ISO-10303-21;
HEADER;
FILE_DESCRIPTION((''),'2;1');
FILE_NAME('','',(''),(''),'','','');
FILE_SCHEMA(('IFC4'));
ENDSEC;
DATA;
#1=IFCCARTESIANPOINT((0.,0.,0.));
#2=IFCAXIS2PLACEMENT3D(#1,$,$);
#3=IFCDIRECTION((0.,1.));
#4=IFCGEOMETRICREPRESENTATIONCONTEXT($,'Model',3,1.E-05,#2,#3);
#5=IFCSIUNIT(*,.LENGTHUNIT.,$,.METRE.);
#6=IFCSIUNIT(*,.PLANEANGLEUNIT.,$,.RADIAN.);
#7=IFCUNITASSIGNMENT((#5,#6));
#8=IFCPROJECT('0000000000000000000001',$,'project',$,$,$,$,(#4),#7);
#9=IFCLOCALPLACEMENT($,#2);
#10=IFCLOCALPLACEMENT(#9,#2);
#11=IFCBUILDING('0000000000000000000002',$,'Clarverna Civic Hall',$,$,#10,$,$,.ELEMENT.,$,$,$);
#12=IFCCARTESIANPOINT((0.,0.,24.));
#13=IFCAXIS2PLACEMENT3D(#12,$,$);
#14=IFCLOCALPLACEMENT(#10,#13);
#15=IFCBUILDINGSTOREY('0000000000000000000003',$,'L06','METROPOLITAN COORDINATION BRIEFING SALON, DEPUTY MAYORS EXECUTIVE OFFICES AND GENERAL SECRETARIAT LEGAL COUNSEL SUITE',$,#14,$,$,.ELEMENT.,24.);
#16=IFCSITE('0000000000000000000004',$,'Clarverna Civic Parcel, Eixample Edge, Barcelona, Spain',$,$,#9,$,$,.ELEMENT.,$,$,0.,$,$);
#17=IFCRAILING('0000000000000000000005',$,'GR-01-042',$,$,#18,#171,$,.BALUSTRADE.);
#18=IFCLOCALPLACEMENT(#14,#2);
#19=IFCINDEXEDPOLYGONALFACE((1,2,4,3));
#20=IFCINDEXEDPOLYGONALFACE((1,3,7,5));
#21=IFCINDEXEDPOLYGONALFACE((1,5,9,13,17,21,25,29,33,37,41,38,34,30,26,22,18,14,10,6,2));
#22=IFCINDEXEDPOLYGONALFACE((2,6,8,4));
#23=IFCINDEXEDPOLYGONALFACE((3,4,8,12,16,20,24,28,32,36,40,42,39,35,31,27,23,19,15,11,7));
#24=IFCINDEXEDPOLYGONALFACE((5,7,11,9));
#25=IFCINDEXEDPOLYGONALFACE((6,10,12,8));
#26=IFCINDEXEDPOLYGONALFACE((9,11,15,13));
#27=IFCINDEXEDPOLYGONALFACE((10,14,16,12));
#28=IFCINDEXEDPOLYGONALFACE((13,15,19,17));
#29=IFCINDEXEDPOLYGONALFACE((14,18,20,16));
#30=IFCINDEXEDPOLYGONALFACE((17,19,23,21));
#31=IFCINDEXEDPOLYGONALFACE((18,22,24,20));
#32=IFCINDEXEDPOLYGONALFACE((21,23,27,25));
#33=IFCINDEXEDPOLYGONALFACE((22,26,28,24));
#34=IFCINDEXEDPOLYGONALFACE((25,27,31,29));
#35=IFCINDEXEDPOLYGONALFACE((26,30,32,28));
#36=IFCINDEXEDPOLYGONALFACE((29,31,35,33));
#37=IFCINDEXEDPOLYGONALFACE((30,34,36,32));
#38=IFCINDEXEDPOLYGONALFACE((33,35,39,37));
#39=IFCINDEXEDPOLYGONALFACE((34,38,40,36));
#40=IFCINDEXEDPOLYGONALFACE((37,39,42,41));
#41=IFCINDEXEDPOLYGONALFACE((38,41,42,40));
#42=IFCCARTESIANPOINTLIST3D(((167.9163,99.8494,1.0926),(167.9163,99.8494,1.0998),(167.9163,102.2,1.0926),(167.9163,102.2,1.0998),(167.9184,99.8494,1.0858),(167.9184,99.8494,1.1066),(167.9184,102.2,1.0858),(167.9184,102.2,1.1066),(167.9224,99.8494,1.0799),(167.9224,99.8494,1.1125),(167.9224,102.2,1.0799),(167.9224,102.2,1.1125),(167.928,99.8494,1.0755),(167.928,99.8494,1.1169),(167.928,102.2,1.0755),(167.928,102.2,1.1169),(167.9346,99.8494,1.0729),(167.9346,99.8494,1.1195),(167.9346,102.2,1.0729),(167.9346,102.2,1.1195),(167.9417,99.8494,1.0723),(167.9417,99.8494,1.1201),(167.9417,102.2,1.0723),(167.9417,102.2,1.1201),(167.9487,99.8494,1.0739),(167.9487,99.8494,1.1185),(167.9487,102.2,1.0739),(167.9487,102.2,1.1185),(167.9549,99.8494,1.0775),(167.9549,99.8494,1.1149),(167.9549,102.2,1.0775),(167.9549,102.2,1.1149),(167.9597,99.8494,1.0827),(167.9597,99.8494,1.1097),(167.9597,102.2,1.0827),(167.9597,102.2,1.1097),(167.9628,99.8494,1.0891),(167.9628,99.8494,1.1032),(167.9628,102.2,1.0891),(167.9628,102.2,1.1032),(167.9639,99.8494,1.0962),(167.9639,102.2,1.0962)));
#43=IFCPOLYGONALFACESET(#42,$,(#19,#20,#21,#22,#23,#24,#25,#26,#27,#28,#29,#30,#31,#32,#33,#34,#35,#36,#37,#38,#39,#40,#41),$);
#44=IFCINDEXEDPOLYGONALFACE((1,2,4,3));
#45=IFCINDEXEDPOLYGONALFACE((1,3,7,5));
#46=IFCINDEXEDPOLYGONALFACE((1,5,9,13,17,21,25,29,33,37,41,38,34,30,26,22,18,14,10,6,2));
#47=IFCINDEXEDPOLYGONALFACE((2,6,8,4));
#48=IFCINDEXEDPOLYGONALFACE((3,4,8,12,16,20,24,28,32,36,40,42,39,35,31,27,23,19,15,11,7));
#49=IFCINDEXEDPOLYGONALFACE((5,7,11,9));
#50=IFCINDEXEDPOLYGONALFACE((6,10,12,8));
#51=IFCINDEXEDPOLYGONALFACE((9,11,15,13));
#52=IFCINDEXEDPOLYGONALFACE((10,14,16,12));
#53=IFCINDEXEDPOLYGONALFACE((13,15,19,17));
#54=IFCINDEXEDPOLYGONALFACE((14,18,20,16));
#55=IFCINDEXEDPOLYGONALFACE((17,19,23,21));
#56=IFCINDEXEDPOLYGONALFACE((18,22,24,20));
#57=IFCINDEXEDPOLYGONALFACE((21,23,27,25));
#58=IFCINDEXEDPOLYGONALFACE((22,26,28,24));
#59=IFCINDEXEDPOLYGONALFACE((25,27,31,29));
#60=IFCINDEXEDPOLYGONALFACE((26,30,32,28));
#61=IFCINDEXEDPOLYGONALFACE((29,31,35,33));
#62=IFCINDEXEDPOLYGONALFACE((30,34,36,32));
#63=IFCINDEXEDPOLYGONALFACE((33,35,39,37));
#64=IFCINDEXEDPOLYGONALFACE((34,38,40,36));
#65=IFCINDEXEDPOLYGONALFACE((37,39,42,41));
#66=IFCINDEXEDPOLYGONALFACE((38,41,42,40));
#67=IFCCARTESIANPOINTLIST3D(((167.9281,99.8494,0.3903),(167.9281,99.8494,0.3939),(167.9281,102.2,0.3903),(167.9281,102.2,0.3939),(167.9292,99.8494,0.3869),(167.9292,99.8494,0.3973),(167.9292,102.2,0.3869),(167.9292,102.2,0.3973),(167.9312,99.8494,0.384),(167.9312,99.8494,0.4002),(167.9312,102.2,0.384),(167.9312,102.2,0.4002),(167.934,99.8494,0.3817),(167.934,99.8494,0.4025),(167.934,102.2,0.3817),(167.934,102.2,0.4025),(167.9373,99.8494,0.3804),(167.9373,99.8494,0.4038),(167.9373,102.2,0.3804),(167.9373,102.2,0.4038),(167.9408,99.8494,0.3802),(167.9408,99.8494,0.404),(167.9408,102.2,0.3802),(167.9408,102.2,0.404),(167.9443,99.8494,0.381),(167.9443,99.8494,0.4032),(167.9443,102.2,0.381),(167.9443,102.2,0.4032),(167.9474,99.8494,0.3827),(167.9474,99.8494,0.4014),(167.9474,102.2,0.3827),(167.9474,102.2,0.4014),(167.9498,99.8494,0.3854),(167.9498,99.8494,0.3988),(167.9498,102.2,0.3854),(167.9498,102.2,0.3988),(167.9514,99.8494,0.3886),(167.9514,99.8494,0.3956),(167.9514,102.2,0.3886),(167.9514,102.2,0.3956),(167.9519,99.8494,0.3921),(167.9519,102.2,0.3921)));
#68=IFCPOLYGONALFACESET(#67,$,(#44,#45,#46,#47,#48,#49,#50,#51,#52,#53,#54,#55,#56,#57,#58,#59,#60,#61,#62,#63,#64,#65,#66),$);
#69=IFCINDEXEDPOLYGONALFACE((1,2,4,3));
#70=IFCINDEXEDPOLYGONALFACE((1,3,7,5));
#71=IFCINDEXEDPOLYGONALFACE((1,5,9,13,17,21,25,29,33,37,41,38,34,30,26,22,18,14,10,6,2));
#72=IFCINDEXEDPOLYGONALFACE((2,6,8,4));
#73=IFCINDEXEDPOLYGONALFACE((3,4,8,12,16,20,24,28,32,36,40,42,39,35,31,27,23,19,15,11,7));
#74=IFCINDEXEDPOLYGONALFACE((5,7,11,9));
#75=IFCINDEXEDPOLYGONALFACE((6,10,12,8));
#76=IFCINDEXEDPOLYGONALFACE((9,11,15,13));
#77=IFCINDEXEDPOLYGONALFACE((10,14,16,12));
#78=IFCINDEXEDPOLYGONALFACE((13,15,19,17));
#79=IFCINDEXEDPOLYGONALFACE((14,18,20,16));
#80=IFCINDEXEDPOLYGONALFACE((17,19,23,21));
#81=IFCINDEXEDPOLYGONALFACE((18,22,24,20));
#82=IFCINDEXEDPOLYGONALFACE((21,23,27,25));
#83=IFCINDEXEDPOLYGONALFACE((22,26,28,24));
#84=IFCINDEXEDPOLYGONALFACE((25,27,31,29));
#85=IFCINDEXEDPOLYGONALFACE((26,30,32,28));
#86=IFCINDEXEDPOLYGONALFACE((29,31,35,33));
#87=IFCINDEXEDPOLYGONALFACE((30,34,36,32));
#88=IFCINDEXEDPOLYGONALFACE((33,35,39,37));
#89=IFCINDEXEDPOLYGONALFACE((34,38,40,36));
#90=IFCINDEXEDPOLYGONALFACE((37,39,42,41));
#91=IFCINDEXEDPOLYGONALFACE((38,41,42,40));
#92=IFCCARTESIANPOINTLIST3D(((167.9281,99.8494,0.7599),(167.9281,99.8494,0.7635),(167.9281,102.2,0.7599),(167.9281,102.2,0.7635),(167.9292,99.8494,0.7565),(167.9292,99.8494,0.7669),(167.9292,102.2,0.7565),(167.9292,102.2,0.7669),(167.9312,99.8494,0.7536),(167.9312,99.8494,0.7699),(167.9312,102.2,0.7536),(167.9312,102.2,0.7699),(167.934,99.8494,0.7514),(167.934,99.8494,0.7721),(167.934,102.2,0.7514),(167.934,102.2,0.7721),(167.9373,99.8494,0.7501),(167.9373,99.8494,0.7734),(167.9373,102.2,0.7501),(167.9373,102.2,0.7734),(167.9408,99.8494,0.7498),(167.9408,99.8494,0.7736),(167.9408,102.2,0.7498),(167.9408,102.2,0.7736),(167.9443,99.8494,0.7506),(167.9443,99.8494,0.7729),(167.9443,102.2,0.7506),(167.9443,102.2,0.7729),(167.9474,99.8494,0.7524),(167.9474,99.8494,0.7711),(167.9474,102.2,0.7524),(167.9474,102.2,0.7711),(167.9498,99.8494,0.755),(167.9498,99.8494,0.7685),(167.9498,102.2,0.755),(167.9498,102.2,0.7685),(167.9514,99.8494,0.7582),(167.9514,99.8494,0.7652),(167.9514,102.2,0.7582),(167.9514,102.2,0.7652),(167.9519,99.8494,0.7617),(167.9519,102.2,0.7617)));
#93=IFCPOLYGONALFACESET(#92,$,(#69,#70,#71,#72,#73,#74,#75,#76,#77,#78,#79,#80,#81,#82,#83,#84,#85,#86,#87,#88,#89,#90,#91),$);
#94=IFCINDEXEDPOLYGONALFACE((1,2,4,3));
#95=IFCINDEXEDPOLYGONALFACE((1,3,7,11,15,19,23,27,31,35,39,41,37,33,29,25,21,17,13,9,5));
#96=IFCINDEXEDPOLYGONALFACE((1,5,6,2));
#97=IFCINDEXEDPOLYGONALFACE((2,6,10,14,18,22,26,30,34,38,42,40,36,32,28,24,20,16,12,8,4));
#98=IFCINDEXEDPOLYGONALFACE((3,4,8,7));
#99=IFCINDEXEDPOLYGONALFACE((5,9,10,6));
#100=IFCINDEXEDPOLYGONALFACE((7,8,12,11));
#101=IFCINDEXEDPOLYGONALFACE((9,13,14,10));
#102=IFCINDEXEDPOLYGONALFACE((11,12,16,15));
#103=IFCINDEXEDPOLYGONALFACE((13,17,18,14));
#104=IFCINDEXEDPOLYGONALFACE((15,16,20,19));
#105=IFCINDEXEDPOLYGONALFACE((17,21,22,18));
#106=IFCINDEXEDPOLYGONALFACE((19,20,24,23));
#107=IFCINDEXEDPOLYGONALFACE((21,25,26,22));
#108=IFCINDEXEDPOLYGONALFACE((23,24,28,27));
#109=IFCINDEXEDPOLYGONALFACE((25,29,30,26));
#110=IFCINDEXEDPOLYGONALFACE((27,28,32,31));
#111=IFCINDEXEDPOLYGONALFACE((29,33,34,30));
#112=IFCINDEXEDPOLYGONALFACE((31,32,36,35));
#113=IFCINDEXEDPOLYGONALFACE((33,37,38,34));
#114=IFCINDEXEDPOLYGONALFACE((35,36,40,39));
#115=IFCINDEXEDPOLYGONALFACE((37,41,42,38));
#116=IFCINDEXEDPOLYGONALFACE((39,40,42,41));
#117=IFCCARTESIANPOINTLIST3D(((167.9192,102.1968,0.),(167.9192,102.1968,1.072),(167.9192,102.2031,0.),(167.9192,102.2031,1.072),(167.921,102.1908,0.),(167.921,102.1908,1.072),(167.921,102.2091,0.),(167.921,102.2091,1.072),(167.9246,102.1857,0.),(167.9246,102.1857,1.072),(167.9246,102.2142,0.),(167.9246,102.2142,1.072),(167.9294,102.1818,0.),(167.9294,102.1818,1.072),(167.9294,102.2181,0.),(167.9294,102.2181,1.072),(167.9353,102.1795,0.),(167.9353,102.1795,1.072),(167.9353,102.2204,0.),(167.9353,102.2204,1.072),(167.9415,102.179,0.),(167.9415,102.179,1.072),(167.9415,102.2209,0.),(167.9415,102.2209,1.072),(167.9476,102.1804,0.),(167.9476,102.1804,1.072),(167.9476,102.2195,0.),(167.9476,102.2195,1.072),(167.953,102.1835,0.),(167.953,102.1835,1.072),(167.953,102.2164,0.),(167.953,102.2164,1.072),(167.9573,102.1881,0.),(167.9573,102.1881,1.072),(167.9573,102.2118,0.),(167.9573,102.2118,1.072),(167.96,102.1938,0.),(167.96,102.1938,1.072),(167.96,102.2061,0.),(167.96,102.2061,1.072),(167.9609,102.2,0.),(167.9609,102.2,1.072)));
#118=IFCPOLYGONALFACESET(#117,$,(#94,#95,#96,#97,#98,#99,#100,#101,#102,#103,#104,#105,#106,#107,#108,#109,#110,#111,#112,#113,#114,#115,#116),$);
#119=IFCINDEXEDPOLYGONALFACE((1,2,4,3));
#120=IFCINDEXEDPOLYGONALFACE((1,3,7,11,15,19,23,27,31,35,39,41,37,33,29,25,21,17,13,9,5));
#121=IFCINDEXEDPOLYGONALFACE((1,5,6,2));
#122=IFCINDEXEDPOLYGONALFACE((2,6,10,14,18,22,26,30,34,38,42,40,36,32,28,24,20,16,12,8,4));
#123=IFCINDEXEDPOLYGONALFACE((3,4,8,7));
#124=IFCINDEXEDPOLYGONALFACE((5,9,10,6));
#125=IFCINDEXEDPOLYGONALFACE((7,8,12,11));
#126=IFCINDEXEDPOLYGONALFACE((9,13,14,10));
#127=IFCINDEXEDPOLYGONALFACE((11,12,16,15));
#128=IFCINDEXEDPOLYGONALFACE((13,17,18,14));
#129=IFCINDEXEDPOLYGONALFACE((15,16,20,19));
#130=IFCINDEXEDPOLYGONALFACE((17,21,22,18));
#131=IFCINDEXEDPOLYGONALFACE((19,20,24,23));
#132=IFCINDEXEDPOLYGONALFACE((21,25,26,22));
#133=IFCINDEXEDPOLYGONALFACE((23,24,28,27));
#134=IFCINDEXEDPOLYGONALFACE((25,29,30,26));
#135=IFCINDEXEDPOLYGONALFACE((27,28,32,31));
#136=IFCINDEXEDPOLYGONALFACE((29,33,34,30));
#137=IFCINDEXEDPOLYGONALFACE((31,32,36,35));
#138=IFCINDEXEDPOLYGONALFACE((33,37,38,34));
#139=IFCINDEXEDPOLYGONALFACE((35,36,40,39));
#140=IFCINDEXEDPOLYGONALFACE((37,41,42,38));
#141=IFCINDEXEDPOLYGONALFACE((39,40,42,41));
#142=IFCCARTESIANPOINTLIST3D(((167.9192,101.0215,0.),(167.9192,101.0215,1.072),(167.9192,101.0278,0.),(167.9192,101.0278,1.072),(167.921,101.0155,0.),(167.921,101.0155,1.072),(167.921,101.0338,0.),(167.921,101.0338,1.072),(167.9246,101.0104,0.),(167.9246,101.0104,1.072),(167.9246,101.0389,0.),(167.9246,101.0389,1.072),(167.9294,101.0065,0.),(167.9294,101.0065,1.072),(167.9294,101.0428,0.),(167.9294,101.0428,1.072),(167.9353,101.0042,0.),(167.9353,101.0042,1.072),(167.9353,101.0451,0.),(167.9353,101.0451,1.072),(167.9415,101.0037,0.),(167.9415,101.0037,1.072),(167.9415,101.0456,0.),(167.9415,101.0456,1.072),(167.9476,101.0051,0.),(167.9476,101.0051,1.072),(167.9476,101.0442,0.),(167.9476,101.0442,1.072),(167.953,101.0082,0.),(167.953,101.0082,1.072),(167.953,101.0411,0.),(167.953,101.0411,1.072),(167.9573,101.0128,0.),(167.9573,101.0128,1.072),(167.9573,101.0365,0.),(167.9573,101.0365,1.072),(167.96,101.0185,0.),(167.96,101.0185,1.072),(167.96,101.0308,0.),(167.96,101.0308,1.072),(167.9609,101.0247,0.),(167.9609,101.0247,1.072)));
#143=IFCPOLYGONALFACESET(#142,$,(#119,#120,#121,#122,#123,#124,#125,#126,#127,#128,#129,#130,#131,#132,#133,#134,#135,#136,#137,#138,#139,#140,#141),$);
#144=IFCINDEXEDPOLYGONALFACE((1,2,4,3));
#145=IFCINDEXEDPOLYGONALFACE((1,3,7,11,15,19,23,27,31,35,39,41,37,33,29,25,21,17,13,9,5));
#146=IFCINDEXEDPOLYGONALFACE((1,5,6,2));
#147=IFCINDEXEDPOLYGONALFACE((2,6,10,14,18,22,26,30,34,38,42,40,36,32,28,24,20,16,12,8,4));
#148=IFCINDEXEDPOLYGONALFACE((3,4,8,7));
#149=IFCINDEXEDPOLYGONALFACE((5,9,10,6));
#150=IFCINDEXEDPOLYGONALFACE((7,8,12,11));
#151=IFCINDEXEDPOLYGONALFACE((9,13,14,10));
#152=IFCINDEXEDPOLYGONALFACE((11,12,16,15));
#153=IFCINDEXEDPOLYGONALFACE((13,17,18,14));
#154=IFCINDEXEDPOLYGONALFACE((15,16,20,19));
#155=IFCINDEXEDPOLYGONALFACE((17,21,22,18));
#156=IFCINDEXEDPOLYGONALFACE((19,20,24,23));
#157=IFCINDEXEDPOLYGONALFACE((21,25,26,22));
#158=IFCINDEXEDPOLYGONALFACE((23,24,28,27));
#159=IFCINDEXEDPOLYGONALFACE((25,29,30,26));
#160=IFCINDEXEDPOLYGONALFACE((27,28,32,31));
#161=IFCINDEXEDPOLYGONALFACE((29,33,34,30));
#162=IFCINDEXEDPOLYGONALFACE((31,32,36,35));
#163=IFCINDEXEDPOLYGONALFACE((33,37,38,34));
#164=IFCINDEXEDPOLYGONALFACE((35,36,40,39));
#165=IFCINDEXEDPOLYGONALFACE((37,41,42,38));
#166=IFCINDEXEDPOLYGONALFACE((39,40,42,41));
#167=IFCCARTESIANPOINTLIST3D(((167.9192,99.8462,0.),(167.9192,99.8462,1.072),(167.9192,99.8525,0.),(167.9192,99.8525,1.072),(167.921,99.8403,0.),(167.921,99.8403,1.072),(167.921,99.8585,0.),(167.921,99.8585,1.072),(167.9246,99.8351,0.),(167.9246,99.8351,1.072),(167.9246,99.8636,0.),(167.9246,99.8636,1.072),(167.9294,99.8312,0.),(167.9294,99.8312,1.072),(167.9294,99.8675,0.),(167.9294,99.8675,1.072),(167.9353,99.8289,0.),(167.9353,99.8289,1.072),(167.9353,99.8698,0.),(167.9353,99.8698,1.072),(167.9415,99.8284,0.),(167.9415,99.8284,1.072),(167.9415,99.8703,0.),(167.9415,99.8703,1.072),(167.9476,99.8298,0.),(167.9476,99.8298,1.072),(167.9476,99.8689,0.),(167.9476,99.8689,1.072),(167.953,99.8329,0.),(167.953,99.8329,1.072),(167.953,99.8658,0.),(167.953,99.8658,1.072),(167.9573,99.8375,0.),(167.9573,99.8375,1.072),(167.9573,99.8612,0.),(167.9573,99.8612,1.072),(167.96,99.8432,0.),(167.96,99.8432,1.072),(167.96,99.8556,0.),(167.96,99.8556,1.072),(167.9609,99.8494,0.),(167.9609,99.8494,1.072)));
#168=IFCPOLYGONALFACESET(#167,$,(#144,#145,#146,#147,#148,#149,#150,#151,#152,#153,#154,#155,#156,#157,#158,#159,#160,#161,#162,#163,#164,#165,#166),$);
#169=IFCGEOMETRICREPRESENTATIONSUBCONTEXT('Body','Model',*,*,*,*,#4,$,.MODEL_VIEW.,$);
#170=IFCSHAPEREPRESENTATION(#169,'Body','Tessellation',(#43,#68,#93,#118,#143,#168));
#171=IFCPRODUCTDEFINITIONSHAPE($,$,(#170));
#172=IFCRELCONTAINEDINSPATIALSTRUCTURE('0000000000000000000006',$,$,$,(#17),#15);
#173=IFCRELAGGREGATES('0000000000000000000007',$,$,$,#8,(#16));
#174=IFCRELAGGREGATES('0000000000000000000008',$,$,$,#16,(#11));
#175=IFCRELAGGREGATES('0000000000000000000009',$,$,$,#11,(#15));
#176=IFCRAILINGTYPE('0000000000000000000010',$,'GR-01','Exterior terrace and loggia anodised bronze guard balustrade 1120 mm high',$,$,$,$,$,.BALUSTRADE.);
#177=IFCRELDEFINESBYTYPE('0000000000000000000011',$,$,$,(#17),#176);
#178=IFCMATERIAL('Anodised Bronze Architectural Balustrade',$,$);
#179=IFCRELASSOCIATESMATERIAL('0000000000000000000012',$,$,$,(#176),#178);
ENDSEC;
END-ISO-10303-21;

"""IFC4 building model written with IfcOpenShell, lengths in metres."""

from ifc_helpers import new_model, si_unit, direction, frame, origin, origin_2d, place, context, subcontext, project, spatial, circle, extrude, material, type_object, element, save


model = new_model("IFC4")

# Units and contexts
model_context = context("Model", 3, precision=1e-05, world=origin(), true_north=direction((0.0, 1.0)))
body_context = subcontext(model_context, "Body", "Model", "MODEL_VIEW")
ifc_project = project(units=[si_unit("LENGTHUNIT", "METRE"), si_unit("PLANEANGLEUNIT", "RADIAN")], contexts=[model_context])

# Site, building, storey
site_placement = place(None, origin())
site = spatial("IfcSite", under=ifc_project, at=site_placement, Name="Clarverna Civic Parcel, Eixample Edge, Barcelona, Spain", CompositionType="ELEMENT", RefElevation=0.0)
building_placement = place(site_placement, origin())
building = spatial("IfcBuilding", under=site, at=building_placement, Name="Clarverna Civic Hall", CompositionType="ELEMENT")
storey_placement = place(building_placement, frame((0.0, 0.0, 24.0)))
storey = spatial("IfcBuildingStorey", under=building, at=storey_placement, Name="L06", Description="METROPOLITAN COORDINATION BRIEFING SALON, DEPUTY MAYORS EXECUTIVE OFFICES AND GENERAL SECRETARIAT LEGAL COUNSEL SUITE", CompositionType="ELEMENT", Elevation=24.0)

# Railing
ifc_material_1 = material(Name="Anodised Bronze Architectural Balustrade")
railing_type = type_object("IfcRailingType", Name="GR-01", Description="Exterior terrace and loggia anodised bronze guard balustrade 1120 mm high", PredefinedType="BALUSTRADE", material=ifc_material_1)
railing_1_placement = place(storey_placement, frame((167.9399, 102.2, 0.0)))
element("IfcRailing", 1, at=railing_1_placement, inside=storey, type_object=railing_type, Name="GR-01-042", PredefinedType="BALUSTRADE", context=body_context, shape_type="SweptSolid", body=[
    extrude(circle(Radius=0.0239, at=origin_2d()), frame((0.0, 0.0, 1.0962), z_axis=(0.0, -1.0, 0.0), x_axis=(1.0, 0.0, 0.0)), (0.0, 0.0, 1.0), 2.3506),
    extrude(circle(Radius=0.012, at=origin_2d()), frame((0.0, 0.0, 0.3921), z_axis=(0.0, -1.0, 0.0), x_axis=(1.0, 0.0, 0.0)), (0.0, 0.0, 1.0), 2.3506),
    extrude(circle(Radius=0.012, at=origin_2d()), frame((0.0, 0.0, 0.7617), z_axis=(0.0, -1.0, 0.0), x_axis=(1.0, 0.0, 0.0)), (0.0, 0.0, 1.0), 2.3506),
    extrude(circle(Radius=0.021, at=origin_2d()), origin(), (0.0, 0.0, 1.0), 1.072),
    extrude(circle(Radius=0.021, at=origin_2d()), frame((0.0, -1.1753, 0.0)), (0.0, 0.0, 1.0), 1.072),
    extrude(circle(Radius=0.021, at=origin_2d()), frame((0.0, -2.3506, 0.0)), (0.0, 0.0, 1.0), 1.072),
])

save(model, "model.ifc")
